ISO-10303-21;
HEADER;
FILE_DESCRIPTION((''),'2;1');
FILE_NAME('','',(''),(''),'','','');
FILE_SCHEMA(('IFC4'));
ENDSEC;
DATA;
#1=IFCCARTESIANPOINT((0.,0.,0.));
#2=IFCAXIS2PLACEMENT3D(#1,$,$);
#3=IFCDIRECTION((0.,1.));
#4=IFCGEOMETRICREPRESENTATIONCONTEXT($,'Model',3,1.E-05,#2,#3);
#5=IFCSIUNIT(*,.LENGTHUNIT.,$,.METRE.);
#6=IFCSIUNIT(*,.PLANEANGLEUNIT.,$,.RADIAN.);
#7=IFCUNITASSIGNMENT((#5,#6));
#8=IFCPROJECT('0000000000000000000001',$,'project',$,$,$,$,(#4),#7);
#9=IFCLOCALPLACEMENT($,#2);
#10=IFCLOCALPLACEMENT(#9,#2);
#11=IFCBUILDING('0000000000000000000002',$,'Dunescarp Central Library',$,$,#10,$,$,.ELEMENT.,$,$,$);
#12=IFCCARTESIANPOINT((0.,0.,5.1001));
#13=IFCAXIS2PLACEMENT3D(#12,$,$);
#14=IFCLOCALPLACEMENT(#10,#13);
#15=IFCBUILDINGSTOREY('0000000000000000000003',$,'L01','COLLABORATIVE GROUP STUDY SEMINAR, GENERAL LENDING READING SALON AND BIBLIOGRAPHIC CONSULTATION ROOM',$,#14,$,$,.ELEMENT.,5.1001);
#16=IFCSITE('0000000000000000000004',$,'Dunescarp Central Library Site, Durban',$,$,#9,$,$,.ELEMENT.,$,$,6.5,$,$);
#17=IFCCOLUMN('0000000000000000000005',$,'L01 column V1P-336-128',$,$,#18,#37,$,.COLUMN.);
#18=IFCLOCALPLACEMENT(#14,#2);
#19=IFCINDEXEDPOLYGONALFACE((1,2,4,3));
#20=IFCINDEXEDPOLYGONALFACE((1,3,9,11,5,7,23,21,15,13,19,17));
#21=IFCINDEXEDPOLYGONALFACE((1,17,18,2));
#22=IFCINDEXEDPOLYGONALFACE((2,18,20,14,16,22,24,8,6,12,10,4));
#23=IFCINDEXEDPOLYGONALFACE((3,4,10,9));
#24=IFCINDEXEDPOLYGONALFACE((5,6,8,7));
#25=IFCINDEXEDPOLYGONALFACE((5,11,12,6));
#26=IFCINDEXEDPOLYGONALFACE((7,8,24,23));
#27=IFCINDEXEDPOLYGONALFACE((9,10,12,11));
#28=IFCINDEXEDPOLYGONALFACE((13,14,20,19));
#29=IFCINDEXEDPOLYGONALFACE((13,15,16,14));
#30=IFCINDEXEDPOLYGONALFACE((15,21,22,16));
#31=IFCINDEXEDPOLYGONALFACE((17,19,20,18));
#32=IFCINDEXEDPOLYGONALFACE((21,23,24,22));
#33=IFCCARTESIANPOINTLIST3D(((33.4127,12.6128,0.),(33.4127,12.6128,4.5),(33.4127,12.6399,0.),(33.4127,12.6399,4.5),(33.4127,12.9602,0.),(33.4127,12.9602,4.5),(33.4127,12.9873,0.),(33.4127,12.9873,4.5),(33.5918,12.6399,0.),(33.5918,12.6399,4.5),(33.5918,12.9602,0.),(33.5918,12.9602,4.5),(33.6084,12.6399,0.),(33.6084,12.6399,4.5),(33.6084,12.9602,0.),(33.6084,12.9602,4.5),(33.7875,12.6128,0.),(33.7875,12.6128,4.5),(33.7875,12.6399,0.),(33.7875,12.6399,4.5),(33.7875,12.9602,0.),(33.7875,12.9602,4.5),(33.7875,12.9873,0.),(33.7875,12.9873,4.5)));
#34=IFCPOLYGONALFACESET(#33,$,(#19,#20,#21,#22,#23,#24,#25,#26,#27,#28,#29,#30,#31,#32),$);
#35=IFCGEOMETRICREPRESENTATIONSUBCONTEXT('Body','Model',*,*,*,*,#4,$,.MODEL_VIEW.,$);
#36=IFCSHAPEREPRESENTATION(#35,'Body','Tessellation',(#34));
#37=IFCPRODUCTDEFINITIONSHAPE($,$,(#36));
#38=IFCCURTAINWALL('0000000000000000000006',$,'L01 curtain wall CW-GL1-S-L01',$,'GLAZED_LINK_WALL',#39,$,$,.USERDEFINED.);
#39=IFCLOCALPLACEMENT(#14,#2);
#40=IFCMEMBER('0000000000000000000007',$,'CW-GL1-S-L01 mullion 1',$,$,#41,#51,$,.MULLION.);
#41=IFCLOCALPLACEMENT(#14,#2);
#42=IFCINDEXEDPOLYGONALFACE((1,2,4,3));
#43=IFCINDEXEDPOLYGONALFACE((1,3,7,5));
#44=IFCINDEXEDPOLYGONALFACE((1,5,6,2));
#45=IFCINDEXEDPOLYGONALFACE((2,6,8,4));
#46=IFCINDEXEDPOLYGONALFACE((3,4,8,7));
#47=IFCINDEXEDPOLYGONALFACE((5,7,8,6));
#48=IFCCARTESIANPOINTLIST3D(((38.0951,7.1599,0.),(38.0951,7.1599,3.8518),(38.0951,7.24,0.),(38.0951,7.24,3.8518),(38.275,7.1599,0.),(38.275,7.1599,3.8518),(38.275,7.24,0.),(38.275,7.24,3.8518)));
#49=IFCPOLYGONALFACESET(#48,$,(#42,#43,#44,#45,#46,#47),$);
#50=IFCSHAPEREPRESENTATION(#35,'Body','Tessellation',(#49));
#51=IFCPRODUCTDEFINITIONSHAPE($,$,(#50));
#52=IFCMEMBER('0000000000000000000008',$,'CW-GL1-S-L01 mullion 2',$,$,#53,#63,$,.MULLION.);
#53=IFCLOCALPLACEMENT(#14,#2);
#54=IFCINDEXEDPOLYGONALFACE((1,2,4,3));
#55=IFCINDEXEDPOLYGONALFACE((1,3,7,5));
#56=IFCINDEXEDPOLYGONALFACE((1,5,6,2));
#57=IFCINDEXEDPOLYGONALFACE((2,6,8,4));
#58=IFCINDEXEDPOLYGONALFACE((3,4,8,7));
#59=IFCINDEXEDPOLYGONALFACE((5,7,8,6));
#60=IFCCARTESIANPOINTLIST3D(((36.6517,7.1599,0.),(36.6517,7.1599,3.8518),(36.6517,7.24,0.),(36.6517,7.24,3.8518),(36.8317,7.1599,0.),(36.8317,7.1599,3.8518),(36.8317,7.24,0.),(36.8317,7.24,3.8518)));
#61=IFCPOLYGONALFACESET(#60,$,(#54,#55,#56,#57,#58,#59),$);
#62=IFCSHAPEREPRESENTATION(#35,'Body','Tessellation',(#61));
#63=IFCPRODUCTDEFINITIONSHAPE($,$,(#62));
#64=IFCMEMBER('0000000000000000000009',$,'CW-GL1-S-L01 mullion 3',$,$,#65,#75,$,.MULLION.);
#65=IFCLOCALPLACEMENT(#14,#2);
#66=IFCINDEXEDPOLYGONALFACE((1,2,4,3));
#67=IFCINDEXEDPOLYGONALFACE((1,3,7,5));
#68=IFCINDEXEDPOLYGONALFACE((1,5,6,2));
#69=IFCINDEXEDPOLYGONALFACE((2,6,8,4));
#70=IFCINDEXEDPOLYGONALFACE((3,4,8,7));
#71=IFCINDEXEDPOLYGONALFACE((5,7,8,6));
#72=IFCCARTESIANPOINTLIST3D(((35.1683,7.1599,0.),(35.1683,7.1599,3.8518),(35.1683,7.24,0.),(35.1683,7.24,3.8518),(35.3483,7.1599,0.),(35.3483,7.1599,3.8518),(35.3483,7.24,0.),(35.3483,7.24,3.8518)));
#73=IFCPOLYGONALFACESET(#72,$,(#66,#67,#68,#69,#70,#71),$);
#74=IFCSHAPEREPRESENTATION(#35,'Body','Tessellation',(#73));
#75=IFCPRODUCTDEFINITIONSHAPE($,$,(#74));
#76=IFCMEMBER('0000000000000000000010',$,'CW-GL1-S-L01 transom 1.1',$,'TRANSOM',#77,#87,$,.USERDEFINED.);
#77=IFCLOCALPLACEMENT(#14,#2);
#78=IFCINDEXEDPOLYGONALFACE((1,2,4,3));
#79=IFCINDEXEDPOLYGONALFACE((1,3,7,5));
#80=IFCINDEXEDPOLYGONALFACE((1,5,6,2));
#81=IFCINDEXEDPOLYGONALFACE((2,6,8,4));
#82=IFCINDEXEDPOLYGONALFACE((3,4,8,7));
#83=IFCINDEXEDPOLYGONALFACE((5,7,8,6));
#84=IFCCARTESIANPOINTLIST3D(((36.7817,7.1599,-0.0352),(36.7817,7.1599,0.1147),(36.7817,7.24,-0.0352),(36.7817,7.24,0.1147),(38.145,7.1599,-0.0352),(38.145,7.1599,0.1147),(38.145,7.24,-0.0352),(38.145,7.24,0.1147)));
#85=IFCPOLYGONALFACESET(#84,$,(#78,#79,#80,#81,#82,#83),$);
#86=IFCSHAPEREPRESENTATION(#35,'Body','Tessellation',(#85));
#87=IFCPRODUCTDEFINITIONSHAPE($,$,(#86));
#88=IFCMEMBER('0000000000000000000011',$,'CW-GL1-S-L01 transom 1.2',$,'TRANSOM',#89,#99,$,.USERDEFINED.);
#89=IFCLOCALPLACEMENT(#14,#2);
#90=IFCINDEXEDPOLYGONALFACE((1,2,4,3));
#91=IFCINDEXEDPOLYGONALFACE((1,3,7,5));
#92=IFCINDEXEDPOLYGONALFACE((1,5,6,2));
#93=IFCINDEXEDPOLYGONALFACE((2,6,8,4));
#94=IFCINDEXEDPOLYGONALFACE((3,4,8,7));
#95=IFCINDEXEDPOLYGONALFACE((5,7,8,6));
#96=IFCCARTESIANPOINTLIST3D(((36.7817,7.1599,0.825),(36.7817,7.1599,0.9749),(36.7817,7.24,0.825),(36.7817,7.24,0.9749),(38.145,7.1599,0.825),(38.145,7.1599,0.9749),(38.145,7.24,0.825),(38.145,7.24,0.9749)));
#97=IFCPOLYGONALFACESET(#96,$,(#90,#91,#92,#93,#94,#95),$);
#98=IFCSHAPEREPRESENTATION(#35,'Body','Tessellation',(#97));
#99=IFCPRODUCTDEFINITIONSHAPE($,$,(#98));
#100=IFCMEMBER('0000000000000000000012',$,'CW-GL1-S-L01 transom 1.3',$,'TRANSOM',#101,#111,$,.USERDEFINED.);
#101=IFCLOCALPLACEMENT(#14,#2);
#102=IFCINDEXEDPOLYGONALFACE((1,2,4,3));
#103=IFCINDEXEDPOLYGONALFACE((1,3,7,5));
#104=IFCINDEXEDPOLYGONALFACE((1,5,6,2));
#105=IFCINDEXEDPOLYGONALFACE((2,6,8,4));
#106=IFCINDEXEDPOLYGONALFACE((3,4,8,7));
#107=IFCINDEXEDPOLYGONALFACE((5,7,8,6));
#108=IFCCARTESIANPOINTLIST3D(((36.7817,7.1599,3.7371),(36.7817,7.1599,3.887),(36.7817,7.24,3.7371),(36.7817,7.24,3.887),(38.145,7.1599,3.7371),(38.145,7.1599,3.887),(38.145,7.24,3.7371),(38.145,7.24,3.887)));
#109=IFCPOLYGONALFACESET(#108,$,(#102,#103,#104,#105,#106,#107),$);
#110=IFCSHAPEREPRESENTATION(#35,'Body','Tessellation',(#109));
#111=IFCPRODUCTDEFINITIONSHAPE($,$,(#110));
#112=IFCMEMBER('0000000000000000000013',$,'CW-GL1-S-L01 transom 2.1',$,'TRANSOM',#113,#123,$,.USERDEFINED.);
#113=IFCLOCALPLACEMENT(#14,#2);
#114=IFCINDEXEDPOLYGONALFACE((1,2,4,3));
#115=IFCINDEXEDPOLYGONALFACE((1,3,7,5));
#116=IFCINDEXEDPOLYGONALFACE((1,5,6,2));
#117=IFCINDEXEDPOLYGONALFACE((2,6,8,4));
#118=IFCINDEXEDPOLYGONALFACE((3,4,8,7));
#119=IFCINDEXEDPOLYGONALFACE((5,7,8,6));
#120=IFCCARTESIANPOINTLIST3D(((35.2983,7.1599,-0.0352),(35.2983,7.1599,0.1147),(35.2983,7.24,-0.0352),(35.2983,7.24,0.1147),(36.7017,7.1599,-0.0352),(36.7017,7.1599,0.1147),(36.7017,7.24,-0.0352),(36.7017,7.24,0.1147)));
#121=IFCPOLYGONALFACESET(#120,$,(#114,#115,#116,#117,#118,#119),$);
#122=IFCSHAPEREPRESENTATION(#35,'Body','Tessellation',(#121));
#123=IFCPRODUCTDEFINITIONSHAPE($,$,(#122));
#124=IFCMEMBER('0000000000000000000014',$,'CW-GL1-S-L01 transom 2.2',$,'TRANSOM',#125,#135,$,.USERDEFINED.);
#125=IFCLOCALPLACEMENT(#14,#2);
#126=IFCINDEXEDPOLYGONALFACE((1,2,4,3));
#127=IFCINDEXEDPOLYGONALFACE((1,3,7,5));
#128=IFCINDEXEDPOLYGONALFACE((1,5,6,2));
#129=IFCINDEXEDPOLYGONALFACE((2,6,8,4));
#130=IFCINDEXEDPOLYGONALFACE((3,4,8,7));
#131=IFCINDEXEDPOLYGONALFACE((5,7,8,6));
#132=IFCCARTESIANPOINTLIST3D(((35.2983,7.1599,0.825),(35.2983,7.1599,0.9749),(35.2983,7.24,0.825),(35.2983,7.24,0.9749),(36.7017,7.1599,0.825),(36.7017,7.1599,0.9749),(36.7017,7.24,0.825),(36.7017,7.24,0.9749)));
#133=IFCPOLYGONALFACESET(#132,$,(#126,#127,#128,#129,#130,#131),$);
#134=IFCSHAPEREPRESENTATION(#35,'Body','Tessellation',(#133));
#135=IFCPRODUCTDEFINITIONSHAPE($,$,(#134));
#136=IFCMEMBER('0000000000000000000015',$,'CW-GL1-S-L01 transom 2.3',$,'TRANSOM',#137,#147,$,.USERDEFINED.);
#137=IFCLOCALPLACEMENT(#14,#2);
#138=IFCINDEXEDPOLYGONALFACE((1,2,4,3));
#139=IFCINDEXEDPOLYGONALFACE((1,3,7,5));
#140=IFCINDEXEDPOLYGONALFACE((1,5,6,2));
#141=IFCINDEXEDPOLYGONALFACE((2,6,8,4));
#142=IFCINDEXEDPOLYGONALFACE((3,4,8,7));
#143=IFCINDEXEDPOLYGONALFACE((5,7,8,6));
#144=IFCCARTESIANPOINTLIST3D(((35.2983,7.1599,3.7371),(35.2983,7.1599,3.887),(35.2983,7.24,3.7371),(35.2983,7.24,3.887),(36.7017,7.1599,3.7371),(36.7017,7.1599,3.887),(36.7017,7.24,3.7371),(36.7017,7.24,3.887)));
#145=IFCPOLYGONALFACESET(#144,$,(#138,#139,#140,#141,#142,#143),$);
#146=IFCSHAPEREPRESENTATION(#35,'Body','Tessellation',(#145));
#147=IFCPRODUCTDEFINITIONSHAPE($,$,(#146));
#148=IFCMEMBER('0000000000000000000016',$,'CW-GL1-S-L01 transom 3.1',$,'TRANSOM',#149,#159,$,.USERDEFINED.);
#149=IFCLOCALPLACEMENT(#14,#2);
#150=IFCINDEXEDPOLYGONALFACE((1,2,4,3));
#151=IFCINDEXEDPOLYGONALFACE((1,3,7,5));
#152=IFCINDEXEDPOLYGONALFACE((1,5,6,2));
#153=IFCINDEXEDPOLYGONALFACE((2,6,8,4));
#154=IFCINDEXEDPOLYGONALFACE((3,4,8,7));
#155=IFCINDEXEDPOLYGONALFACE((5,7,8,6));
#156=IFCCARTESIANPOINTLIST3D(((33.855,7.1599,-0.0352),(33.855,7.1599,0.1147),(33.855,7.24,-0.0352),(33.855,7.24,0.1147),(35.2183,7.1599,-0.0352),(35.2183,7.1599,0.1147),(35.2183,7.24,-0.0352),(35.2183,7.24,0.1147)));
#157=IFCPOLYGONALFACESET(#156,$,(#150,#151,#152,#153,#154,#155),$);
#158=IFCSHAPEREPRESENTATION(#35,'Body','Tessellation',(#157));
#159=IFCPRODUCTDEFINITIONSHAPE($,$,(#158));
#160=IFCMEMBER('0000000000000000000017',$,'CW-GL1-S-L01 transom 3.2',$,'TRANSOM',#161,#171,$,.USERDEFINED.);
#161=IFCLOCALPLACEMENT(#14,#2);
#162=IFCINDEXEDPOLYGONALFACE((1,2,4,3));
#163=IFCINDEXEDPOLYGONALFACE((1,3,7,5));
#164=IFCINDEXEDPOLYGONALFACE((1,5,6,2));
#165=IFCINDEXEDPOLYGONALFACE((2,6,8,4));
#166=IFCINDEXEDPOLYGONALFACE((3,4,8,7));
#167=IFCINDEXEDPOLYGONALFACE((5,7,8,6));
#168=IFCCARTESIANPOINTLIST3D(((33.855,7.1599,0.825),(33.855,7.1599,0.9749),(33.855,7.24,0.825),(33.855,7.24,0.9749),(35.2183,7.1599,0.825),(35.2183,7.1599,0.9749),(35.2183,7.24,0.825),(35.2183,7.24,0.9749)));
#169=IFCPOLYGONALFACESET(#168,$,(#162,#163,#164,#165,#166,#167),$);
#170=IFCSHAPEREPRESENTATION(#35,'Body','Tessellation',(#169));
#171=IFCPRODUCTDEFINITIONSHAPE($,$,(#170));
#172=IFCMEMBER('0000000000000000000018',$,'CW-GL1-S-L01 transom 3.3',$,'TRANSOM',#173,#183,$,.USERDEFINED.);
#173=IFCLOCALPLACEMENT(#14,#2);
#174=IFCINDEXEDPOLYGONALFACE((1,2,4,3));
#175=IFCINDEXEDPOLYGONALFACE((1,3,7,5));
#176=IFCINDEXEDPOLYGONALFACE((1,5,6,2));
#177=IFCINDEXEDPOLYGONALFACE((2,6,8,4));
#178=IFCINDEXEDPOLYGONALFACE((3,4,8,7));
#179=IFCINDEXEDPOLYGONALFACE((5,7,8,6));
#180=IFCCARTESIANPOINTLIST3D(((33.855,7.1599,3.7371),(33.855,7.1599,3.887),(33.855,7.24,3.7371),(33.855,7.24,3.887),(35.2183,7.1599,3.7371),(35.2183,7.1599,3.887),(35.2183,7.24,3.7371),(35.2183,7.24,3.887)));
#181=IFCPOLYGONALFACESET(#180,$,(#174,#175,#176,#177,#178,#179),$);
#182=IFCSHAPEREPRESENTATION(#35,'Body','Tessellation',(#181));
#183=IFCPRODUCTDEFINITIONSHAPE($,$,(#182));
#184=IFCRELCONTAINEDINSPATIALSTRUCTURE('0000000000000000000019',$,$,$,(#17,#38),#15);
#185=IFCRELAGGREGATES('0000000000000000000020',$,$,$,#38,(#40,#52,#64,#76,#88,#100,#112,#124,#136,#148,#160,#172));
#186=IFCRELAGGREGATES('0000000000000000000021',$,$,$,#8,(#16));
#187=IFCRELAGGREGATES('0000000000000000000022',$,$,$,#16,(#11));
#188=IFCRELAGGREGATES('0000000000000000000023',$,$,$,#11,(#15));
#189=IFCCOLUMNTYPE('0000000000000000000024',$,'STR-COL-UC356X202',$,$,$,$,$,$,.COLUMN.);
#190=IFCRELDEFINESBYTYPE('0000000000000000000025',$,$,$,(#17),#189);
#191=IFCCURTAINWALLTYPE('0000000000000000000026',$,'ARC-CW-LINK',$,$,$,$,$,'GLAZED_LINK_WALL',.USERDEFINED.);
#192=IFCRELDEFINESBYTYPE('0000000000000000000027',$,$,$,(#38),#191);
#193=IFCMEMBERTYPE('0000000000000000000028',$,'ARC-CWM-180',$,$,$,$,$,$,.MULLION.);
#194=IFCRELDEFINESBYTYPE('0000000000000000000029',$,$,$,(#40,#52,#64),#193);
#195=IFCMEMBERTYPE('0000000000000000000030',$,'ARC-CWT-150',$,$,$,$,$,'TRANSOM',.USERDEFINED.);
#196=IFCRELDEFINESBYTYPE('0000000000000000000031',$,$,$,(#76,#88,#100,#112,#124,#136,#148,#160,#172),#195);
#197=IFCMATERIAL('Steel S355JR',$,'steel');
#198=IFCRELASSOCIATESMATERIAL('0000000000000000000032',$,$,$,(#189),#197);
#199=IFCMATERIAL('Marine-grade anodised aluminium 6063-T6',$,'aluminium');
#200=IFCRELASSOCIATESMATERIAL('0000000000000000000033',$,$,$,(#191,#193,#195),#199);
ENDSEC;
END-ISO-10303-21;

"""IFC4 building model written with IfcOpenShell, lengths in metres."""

from ifc_helpers import new_model, si_unit, direction, frame, origin, origin_2d, place, context, subcontext, project, spatial, rectangle, i_section, extrude, material, material_profile, profile_set, type_object, element, aggregate, save


model = new_model("IFC4")

# Units and contexts
model_context = context("Model", 3, precision=1e-05, world=origin(), true_north=direction((0.0, 1.0)))
body_context = subcontext(model_context, "Body", "Model", "MODEL_VIEW")
ifc_project = project(units=[si_unit("LENGTHUNIT", "METRE"), si_unit("PLANEANGLEUNIT", "RADIAN")], contexts=[model_context])

# Site, building, storey
site_placement = place(None, origin())
site = spatial("IfcSite", under=ifc_project, at=site_placement, Name="Dunescarp Central Library Site, Durban", CompositionType="ELEMENT", RefElevation=6.5)
building_placement = place(site_placement, origin())
building = spatial("IfcBuilding", under=site, at=building_placement, Name="Dunescarp Central Library", CompositionType="ELEMENT")
storey_placement = place(building_placement, frame((0.0, 0.0, 5.1001)))
storey = spatial("IfcBuildingStorey", under=building, at=storey_placement, Name="L01", Description="COLLABORATIVE GROUP STUDY SEMINAR, GENERAL LENDING READING SALON AND BIBLIOGRAPHIC CONSULTATION ROOM", CompositionType="ELEMENT", Elevation=5.1001)

# Column
ifc_material_1 = material(Name="Steel S355JR", Category="steel")
ifc_material_profile_1 = material_profile(ifc_material_1, i_section(OverallWidth=0.3748, OverallDepth=0.3745, WebThickness=0.0166, FlangeThickness=0.0271, at=origin_2d()), Name="UC 356x368x202")
ifc_profile_set_1 = profile_set([ifc_material_profile_1], Name="Steel S355JR")
column_type = type_object("IfcColumnType", Name="STR-COL-UC356X202", PredefinedType="COLUMN", material=ifc_profile_set_1)
column_placement = place(storey_placement, frame((33.6001, 12.8, 0.0), z_axis=(0.0, 0.0, 1.0), x_axis=(1.0, 0.0, 0.0)))
element("IfcColumn", 1, at=column_placement, inside=storey, type_object=column_type, Name="L01 column V1P-336-128", PredefinedType="COLUMN", context=body_context, shape_type="SweptSolid", body=[
    extrude(i_section(OverallWidth=0.3748, OverallDepth=0.3745, WebThickness=0.0166, FlangeThickness=0.0271, at=origin_2d()), origin(), (0.0, 0.0, 1.0), 4.5),
])

# Curtain wall, members
ifc_material_2 = material(Name="Marine-grade anodised aluminium 6063-T6", Category="aluminium")
curtain_wall_type = type_object("IfcCurtainWallType", Name="ARC-CW-LINK", ElementType="GLAZED_LINK_WALL", PredefinedType="USERDEFINED", material=ifc_material_2)
curtain_wall_placement = place(storey_placement, origin())
curtain_wall = element("IfcCurtainWall", 2, at=curtain_wall_placement, inside=storey, type_object=curtain_wall_type, Name="L01 curtain wall CW-GL1-S-L01", ObjectType="GLAZED_LINK_WALL", PredefinedType="USERDEFINED")
ifc_material_profile_2 = material_profile(ifc_material_2, rectangle(XDim=0.0801, YDim=0.1799, at=origin_2d()), Name="AL 80x180")
ifc_profile_set_2 = profile_set([ifc_material_profile_2], Name="Marine-grade anodised aluminium 6063-T6")
member_type_1 = type_object("IfcMemberType", Name="ARC-CWM-180", PredefinedType="MULLION", material=ifc_profile_set_2)
member_1_placement = place(storey_placement, frame((38.1851, 7.2, 0.0), z_axis=(0.0, 0.0, 1.0), x_axis=(0.0, -1.0, 0.0)))
member_1 = element("IfcMember", 3, at=member_1_placement, type_object=member_type_1, Name="CW-GL1-S-L01 mullion 1", PredefinedType="MULLION", context=body_context, shape_type="SweptSolid", body=[
    extrude(rectangle(XDim=0.0801, YDim=0.1799, at=origin_2d()), origin(), (0.0, 0.0, 1.0), 3.8518),
])
member_2_placement = place(storey_placement, frame((36.7417, 7.2, 0.0), z_axis=(0.0, 0.0, 1.0), x_axis=(0.0, -1.0, 0.0)))
member_2 = element("IfcMember", 4, at=member_2_placement, type_object=member_type_1, Name="CW-GL1-S-L01 mullion 2", PredefinedType="MULLION", context=body_context, shape_type="SweptSolid", body=[
    extrude(rectangle(XDim=0.0801, YDim=0.1799, at=origin_2d()), origin(), (0.0, 0.0, 1.0), 3.8518),
])
member_3_placement = place(storey_placement, frame((35.2583, 7.2, 0.0), z_axis=(0.0, 0.0, 1.0), x_axis=(0.0, -1.0, 0.0)))
member_3 = element("IfcMember", 5, at=member_3_placement, type_object=member_type_1, Name="CW-GL1-S-L01 mullion 3", PredefinedType="MULLION", context=body_context, shape_type="SweptSolid", body=[
    extrude(rectangle(XDim=0.0801, YDim=0.1799, at=origin_2d()), origin(), (0.0, 0.0, 1.0), 3.8518),
])
ifc_material_profile_3 = material_profile(ifc_material_2, rectangle(XDim=0.0801, YDim=0.1499, at=origin_2d()), Name="AL 80x150")
ifc_profile_set_3 = profile_set([ifc_material_profile_3], Name="Marine-grade anodised aluminium 6063-T6")
member_type_2 = type_object("IfcMemberType", Name="ARC-CWT-150", ElementType="TRANSOM", PredefinedType="USERDEFINED", material=ifc_profile_set_3)
member_4_placement = place(storey_placement, frame((38.145, 7.2, 0.0398), z_axis=(-1.0, 0.0, 0.0), x_axis=(0.0, -1.0, 0.0)))
member_4 = element("IfcMember", 6, at=member_4_placement, type_object=member_type_2, Name="CW-GL1-S-L01 transom 1.1", ObjectType="TRANSOM", PredefinedType="USERDEFINED", context=body_context, shape_type="SweptSolid", body=[
    extrude(rectangle(XDim=0.0801, YDim=0.1499, at=origin_2d()), origin(), (0.0, 0.0, 1.0), 1.3633),
])
member_5_placement = place(storey_placement, frame((38.145, 7.2, 0.8999), z_axis=(-1.0, 0.0, 0.0), x_axis=(0.0, -1.0, 0.0)))
member_5 = element("IfcMember", 7, at=member_5_placement, type_object=member_type_2, Name="CW-GL1-S-L01 transom 1.2", ObjectType="TRANSOM", PredefinedType="USERDEFINED", context=body_context, shape_type="SweptSolid", body=[
    extrude(rectangle(XDim=0.0801, YDim=0.1499, at=origin_2d()), origin(), (0.0, 0.0, 1.0), 1.3633),
])
member_6_placement = place(storey_placement, frame((38.145, 7.2, 3.812), z_axis=(-1.0, 0.0, 0.0), x_axis=(0.0, -1.0, 0.0)))
member_6 = element("IfcMember", 8, at=member_6_placement, type_object=member_type_2, Name="CW-GL1-S-L01 transom 1.3", ObjectType="TRANSOM", PredefinedType="USERDEFINED", context=body_context, shape_type="SweptSolid", body=[
    extrude(rectangle(XDim=0.0801, YDim=0.1499, at=origin_2d()), origin(), (0.0, 0.0, 1.0), 1.3633),
])
member_7_placement = place(storey_placement, frame((36.7017, 7.2, 0.0398), z_axis=(-1.0, 0.0, 0.0), x_axis=(0.0, -1.0, 0.0)))
member_7 = element("IfcMember", 9, at=member_7_placement, type_object=member_type_2, Name="CW-GL1-S-L01 transom 2.1", ObjectType="TRANSOM", PredefinedType="USERDEFINED", context=body_context, shape_type="SweptSolid", body=[
    extrude(rectangle(XDim=0.0801, YDim=0.1499, at=origin_2d()), origin(), (0.0, 0.0, 1.0), 1.4033),
])
member_8_placement = place(storey_placement, frame((36.7017, 7.2, 0.8999), z_axis=(-1.0, 0.0, 0.0), x_axis=(0.0, -1.0, 0.0)))
member_8 = element("IfcMember", 10, at=member_8_placement, type_object=member_type_2, Name="CW-GL1-S-L01 transom 2.2", ObjectType="TRANSOM", PredefinedType="USERDEFINED", context=body_context, shape_type="SweptSolid", body=[
    extrude(rectangle(XDim=0.0801, YDim=0.1499, at=origin_2d()), origin(), (0.0, 0.0, 1.0), 1.4033),
])
member_9_placement = place(storey_placement, frame((36.7017, 7.2, 3.812), z_axis=(-1.0, 0.0, 0.0), x_axis=(0.0, -1.0, 0.0)))
member_9 = element("IfcMember", 11, at=member_9_placement, type_object=member_type_2, Name="CW-GL1-S-L01 transom 2.3", ObjectType="TRANSOM", PredefinedType="USERDEFINED", context=body_context, shape_type="SweptSolid", body=[
    extrude(rectangle(XDim=0.0801, YDim=0.1499, at=origin_2d()), origin(), (0.0, 0.0, 1.0), 1.4033),
])
member_10_placement = place(storey_placement, frame((35.2183, 7.2, 0.0398), z_axis=(-1.0, 0.0, 0.0), x_axis=(0.0, -1.0, 0.0)))
member_10 = element("IfcMember", 12, at=member_10_placement, type_object=member_type_2, Name="CW-GL1-S-L01 transom 3.1", ObjectType="TRANSOM", PredefinedType="USERDEFINED", context=body_context, shape_type="SweptSolid", body=[
    extrude(rectangle(XDim=0.0801, YDim=0.1499, at=origin_2d()), origin(), (0.0, 0.0, 1.0), 1.3633),
])
member_11_placement = place(storey_placement, frame((35.2183, 7.2, 0.8999), z_axis=(-1.0, 0.0, 0.0), x_axis=(0.0, -1.0, 0.0)))
member_11 = element("IfcMember", 13, at=member_11_placement, type_object=member_type_2, Name="CW-GL1-S-L01 transom 3.2", ObjectType="TRANSOM", PredefinedType="USERDEFINED", context=body_context, shape_type="SweptSolid", body=[
    extrude(rectangle(XDim=0.0801, YDim=0.1499, at=origin_2d()), origin(), (0.0, 0.0, 1.0), 1.3633),
])
member_12_placement = place(storey_placement, frame((35.2183, 7.2, 3.812), z_axis=(-1.0, 0.0, 0.0), x_axis=(0.0, -1.0, 0.0)))
member_12 = element("IfcMember", 14, at=member_12_placement, type_object=member_type_2, Name="CW-GL1-S-L01 transom 3.3", ObjectType="TRANSOM", PredefinedType="USERDEFINED", context=body_context, shape_type="SweptSolid", body=[
    extrude(rectangle(XDim=0.0801, YDim=0.1499, at=origin_2d()), origin(), (0.0, 0.0, 1.0), 1.3633),
])

aggregate(curtain_wall, [member_1, member_2, member_3, member_4, member_5, member_6, member_7, member_8, member_9, member_10, member_11, member_12])

save(model, "model.ifc")
